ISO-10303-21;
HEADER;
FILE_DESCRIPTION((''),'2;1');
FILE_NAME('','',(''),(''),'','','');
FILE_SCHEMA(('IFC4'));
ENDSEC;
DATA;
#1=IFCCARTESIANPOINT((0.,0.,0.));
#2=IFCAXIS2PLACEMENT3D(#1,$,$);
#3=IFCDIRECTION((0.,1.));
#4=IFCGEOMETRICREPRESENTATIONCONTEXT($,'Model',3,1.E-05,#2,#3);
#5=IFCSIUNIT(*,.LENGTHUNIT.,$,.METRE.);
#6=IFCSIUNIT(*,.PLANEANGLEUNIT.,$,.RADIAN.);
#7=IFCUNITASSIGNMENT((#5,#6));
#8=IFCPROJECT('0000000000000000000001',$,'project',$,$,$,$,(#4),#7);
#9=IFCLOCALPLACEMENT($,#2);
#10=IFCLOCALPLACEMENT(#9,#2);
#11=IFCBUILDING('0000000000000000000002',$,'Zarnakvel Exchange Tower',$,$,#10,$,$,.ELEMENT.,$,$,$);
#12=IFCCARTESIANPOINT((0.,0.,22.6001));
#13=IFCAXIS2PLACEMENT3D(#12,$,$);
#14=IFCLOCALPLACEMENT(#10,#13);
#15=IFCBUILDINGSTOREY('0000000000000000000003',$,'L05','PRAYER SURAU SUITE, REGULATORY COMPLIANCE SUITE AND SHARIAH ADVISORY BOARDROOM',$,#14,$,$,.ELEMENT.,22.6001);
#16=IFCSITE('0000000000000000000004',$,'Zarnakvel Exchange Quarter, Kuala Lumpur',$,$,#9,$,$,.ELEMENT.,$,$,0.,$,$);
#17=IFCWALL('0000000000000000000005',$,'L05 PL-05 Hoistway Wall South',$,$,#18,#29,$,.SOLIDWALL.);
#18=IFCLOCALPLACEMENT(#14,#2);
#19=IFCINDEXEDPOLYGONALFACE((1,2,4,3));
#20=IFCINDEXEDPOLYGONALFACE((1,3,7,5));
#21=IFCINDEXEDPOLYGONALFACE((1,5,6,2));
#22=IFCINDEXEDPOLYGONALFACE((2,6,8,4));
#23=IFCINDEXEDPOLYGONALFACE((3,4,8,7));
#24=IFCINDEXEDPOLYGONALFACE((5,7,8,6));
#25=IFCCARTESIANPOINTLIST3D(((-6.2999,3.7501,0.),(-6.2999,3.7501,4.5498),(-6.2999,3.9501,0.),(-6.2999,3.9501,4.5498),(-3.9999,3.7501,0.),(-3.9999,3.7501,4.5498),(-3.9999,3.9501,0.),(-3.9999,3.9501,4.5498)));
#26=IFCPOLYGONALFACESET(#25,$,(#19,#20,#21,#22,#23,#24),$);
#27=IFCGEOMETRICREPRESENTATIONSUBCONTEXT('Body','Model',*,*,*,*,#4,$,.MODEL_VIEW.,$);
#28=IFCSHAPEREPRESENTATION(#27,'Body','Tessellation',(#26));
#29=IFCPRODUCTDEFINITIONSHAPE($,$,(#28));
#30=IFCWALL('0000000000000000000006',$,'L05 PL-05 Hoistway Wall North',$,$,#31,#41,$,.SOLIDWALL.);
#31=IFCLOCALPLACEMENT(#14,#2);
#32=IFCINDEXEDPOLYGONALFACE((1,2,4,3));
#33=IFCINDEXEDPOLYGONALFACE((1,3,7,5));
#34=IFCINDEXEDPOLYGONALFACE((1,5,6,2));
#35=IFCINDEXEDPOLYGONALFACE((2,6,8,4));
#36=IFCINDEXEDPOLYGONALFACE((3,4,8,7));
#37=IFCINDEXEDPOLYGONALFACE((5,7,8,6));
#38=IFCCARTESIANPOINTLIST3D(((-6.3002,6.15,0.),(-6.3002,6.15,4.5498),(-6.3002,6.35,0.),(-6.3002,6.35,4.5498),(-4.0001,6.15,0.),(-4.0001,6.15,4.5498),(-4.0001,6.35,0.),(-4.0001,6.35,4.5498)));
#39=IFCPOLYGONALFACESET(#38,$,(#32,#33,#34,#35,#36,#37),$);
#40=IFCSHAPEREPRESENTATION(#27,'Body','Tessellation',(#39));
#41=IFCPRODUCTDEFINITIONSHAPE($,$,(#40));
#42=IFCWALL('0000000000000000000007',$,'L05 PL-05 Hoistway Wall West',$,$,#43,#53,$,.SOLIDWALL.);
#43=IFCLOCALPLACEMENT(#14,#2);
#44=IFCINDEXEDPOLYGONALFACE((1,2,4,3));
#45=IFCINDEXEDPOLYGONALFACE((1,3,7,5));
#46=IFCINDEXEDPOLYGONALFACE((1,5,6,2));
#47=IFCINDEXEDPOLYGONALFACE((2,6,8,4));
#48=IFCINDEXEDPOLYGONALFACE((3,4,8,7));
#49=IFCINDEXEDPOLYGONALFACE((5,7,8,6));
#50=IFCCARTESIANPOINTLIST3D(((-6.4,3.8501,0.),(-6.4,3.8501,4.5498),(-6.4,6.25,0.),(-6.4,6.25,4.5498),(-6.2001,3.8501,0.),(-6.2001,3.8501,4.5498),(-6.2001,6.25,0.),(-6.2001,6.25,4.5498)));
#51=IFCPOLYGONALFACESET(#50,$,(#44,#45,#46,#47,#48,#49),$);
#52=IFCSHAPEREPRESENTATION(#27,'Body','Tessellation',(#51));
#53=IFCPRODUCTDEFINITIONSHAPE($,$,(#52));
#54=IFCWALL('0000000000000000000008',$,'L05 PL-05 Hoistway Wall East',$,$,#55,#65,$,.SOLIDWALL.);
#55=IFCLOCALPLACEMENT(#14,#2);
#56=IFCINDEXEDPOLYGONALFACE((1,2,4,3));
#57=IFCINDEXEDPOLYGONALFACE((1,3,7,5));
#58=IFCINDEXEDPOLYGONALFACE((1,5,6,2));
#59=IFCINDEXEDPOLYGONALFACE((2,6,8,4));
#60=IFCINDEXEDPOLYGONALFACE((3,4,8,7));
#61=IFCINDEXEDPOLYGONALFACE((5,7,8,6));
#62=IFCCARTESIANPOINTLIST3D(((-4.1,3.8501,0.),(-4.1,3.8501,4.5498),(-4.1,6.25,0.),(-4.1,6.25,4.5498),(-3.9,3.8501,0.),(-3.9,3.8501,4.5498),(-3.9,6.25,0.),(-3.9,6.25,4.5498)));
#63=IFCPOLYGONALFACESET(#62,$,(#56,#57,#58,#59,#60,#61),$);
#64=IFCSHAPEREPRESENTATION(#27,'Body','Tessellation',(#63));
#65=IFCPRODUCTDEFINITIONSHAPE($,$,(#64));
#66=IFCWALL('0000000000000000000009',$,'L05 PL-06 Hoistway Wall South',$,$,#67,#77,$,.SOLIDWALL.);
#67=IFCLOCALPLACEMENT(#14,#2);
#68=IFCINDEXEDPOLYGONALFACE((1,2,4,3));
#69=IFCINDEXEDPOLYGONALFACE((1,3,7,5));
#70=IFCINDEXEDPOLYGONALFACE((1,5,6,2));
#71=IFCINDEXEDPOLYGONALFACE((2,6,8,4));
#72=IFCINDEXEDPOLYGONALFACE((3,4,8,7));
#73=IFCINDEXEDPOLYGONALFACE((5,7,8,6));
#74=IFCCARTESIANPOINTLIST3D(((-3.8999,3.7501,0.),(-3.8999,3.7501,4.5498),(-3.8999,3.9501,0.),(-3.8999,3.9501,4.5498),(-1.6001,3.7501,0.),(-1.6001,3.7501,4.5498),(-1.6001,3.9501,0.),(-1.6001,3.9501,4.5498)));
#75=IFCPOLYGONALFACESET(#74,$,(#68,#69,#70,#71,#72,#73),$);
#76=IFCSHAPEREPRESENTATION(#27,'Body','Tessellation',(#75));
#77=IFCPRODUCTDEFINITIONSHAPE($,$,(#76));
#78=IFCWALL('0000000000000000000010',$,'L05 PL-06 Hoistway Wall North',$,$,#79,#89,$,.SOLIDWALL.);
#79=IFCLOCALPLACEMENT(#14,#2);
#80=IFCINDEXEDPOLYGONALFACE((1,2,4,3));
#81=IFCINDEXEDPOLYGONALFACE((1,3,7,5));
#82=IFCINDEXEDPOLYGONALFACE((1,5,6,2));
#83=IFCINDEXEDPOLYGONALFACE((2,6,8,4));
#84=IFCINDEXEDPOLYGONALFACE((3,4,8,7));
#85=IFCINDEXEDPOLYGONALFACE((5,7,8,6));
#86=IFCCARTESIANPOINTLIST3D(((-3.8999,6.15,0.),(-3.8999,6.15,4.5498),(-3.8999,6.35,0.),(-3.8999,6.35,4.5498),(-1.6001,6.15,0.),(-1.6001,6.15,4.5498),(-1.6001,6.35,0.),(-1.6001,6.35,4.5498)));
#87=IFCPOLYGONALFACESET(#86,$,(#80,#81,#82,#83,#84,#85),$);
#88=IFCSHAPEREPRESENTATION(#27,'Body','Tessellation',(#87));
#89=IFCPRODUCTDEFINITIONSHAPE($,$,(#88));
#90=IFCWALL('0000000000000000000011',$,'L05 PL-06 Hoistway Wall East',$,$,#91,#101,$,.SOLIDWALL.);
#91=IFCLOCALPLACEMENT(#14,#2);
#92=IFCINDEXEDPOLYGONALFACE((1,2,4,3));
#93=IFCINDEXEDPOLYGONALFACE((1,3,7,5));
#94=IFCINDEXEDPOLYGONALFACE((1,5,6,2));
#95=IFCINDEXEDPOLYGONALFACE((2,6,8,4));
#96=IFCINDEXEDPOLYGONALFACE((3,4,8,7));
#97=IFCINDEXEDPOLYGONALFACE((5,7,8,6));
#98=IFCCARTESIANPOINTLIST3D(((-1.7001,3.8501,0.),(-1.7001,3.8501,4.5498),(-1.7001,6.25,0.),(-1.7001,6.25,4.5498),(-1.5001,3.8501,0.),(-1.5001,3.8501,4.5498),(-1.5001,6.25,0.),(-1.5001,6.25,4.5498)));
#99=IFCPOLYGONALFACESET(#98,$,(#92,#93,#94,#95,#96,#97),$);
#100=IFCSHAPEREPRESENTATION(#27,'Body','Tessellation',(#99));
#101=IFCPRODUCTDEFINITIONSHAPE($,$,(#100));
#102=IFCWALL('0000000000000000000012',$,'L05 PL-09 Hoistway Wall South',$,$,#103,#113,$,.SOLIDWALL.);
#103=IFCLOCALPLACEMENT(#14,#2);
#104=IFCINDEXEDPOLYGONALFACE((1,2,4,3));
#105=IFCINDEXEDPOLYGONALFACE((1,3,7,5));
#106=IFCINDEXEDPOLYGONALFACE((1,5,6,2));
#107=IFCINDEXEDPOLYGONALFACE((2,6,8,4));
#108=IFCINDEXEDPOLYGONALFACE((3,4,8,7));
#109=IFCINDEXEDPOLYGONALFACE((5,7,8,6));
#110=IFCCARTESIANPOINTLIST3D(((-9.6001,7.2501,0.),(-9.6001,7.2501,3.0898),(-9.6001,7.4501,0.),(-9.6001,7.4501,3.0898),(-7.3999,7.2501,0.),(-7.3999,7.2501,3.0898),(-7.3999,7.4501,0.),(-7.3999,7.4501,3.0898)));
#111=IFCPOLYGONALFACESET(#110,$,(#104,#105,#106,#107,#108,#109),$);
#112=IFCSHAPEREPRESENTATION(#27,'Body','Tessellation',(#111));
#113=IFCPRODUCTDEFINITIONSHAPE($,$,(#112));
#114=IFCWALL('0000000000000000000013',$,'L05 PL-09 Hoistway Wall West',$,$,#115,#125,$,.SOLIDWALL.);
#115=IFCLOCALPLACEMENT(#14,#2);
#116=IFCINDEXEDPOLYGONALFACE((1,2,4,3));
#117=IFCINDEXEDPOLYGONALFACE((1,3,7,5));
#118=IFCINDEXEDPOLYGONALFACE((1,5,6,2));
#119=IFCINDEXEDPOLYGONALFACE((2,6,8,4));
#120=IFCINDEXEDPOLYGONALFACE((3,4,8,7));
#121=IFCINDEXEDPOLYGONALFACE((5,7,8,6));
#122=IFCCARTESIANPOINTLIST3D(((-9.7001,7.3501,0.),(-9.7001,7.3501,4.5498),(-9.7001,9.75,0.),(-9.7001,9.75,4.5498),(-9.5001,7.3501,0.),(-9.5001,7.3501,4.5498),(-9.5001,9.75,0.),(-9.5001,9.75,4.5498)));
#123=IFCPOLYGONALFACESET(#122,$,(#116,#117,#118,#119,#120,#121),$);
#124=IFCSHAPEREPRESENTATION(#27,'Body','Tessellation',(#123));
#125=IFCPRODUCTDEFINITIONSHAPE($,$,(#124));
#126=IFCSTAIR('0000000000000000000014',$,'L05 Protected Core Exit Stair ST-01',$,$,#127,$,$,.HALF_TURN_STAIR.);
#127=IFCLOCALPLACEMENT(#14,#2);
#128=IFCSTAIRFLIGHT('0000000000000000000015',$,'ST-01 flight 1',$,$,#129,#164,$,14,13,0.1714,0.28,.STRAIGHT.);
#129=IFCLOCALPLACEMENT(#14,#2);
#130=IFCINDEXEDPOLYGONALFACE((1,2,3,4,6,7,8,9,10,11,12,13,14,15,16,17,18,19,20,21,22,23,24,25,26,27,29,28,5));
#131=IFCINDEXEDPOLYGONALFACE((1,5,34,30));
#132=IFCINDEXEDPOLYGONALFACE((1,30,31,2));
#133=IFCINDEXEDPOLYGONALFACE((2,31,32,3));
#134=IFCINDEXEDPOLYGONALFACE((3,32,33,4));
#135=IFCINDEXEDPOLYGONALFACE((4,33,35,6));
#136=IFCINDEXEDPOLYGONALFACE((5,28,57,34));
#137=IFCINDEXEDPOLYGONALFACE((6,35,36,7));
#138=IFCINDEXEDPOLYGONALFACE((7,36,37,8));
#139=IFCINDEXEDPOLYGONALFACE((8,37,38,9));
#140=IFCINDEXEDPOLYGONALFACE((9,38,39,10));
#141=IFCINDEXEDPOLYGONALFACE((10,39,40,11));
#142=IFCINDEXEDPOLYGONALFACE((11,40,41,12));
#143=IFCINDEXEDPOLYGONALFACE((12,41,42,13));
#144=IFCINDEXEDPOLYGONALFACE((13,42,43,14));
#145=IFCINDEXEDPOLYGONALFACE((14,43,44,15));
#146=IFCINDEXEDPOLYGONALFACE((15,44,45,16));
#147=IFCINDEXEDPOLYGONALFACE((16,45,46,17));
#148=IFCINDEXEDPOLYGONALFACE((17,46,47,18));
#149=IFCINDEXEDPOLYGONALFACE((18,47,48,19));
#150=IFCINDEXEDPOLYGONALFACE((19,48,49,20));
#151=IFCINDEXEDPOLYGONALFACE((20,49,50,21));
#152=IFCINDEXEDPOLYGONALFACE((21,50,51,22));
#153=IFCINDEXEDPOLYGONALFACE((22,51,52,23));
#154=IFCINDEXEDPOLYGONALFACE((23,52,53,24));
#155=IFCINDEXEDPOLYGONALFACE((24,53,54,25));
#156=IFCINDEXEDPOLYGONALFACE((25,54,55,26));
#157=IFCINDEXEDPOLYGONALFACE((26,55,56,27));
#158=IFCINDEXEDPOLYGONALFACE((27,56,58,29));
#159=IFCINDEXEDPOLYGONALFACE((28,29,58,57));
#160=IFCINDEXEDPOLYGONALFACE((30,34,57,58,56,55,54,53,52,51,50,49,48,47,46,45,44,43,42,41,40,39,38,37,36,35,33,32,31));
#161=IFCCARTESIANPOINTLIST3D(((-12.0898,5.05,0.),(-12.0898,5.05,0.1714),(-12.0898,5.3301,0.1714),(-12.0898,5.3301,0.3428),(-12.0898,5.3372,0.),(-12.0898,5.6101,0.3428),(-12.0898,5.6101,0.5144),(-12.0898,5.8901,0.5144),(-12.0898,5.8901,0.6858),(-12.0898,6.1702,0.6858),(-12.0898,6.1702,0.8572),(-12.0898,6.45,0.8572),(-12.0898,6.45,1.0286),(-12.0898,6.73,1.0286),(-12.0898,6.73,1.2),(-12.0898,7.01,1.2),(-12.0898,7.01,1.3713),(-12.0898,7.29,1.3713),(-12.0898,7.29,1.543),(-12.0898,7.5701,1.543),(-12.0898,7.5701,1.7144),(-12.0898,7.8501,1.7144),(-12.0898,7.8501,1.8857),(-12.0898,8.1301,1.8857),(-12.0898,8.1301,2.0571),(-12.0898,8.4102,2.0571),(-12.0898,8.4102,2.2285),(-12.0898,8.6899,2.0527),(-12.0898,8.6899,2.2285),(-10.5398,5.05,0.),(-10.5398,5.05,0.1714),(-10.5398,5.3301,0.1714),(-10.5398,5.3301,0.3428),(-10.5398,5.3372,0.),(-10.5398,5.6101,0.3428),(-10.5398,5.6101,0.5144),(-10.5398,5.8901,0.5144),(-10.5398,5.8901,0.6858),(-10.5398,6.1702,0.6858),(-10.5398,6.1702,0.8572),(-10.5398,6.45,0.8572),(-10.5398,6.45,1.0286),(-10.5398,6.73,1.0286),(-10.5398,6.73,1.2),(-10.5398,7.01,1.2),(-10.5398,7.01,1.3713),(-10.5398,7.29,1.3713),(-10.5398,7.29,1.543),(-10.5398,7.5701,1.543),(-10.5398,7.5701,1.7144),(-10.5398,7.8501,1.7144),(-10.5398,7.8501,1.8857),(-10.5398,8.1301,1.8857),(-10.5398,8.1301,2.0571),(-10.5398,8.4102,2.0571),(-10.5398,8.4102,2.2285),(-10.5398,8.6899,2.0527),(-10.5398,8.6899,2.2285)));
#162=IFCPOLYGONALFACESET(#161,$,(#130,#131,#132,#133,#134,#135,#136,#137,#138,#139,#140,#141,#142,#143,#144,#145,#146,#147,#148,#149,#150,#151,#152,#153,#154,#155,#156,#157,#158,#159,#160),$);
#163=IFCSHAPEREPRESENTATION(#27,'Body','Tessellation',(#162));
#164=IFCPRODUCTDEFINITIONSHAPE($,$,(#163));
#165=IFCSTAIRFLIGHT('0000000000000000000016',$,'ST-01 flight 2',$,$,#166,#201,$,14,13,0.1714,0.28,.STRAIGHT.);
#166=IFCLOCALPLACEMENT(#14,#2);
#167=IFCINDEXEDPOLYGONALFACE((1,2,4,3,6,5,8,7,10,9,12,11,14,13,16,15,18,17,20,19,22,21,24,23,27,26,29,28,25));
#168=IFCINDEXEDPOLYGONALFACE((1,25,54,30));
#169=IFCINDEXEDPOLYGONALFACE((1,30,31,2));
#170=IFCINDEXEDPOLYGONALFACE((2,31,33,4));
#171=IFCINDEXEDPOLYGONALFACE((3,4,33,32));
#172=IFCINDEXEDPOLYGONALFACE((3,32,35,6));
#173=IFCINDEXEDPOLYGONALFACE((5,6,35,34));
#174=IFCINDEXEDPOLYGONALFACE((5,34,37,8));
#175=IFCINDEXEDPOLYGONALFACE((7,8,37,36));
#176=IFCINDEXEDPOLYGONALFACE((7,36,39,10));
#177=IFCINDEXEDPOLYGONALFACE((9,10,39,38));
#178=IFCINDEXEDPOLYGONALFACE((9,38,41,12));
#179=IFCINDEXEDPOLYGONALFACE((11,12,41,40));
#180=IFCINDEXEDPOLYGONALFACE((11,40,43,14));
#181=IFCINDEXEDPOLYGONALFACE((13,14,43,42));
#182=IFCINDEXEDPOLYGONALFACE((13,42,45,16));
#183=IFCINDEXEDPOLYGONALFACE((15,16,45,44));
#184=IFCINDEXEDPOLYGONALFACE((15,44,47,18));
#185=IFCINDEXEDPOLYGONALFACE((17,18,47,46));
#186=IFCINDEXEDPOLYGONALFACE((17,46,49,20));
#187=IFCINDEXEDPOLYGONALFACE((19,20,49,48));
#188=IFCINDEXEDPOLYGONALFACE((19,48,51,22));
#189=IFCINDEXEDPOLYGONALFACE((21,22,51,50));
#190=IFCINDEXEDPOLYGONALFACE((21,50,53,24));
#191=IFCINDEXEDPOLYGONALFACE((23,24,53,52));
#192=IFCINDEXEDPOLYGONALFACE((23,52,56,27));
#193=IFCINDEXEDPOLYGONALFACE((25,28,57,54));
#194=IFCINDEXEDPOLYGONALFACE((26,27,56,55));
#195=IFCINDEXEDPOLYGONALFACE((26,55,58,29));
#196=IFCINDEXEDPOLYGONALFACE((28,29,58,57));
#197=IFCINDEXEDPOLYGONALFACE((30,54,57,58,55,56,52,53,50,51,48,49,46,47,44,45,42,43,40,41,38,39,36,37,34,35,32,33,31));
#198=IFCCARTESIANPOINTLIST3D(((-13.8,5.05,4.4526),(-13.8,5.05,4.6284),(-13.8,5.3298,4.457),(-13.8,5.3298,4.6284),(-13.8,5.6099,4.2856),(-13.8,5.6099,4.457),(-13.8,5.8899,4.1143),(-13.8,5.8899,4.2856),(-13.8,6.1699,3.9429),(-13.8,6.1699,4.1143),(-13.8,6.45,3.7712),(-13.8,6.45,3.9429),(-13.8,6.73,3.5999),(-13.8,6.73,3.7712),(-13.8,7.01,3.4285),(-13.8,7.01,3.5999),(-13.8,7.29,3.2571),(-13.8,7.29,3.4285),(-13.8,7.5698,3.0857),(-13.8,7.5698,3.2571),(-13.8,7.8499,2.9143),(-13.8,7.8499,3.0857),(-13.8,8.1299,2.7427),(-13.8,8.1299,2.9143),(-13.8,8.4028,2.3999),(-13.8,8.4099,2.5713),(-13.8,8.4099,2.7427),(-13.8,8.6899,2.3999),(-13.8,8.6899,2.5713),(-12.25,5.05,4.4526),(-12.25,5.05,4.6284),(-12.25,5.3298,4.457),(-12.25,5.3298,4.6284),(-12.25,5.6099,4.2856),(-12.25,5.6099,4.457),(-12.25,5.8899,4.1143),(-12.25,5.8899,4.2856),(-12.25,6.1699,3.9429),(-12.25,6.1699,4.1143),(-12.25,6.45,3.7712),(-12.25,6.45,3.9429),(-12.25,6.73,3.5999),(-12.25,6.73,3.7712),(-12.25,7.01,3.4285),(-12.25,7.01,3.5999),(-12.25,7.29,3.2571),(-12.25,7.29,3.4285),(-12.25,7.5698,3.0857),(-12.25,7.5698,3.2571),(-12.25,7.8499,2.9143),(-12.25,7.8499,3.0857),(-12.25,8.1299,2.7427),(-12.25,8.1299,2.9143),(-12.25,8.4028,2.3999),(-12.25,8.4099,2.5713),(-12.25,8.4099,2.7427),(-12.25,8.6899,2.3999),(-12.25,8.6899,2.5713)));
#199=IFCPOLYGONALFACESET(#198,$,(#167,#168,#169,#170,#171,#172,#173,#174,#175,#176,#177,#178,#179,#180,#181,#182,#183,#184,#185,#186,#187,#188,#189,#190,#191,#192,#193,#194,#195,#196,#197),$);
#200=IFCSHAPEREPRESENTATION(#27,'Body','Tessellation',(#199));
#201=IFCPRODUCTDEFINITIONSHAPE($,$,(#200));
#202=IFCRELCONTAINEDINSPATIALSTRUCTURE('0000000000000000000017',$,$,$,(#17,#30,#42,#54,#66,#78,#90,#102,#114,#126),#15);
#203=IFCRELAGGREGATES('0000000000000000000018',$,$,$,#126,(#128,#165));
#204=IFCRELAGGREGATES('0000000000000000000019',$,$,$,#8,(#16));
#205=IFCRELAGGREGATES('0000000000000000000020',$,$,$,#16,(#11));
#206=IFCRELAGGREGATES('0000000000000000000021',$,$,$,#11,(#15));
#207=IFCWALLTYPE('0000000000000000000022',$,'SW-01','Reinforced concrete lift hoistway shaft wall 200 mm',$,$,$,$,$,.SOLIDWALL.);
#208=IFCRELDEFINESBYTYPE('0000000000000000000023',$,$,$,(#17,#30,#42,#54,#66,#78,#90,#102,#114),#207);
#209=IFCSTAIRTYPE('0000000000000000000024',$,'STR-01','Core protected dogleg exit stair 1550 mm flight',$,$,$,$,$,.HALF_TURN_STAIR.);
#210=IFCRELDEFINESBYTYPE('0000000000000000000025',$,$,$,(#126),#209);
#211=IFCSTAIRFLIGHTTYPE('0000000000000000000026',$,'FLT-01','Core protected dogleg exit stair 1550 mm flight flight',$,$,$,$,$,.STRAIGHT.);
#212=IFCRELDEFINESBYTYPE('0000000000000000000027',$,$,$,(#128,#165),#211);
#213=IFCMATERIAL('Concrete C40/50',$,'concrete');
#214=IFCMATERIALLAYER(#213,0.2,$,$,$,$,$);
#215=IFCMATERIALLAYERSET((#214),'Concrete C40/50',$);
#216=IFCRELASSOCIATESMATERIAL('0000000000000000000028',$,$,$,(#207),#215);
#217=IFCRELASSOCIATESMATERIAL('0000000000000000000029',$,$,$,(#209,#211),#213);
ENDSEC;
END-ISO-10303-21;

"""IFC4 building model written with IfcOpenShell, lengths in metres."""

from ifc_helpers import new_model, si_unit, direction, frame, frame_2d, origin, place, context, subcontext, project, spatial, polyline, rectangle, outline, extrude, material, layer, layer_set, type_object, element, aggregate, save


model = new_model("IFC4")

# Units and contexts
model_context = context("Model", 3, precision=1e-05, world=origin(), true_north=direction((0.0, 1.0)))
body_context = subcontext(model_context, "Body", "Model", "MODEL_VIEW")
ifc_project = project(units=[si_unit("LENGTHUNIT", "METRE"), si_unit("PLANEANGLEUNIT", "RADIAN")], contexts=[model_context])

# Site, building, storey
site_placement = place(None, origin())
site = spatial("IfcSite", under=ifc_project, at=site_placement, Name="Zarnakvel Exchange Quarter, Kuala Lumpur", CompositionType="ELEMENT", RefElevation=0.0)
building_placement = place(site_placement, origin())
building = spatial("IfcBuilding", under=site, at=building_placement, Name="Zarnakvel Exchange Tower", CompositionType="ELEMENT")
storey_placement = place(building_placement, frame((0.0, 0.0, 22.6001)))
storey = spatial("IfcBuildingStorey", under=building, at=storey_placement, Name="L05", Description="PRAYER SURAU SUITE, REGULATORY COMPLIANCE SUITE AND SHARIAH ADVISORY BOARDROOM", CompositionType="ELEMENT", Elevation=22.6001)

# Shared definitions
ifc_material_1 = material(Name="Concrete C40/50", Category="concrete")
ifc_layer_1 = layer(ifc_material_1, 0.2)
ifc_layer_set_1 = layer_set([ifc_layer_1], Name="Concrete C40/50")
wall_type_1 = type_object("IfcWallType", Name="SW-01", Description="Reinforced concrete lift hoistway shaft wall 200 mm", PredefinedType="SOLIDWALL", material=ifc_layer_set_1)

# Walls
for number, where, z_axis, x_axis, name in (
    (1, (-4.0, 3.8501, 0.0), (0.0, 0.0, 1.0), (-1.0, 0.0, 0.0), "L05 PL-05 Hoistway Wall South"),
    (2, (-6.3, 6.25, 0.0), (0.0, 0.0, 1.0), (1.0, 0.0, 0.0), "L05 PL-05 Hoistway Wall North"),
):
    element("IfcWall", number, at=place(storey_placement, frame(where, z_axis=z_axis, x_axis=x_axis)), inside=storey, type_object=wall_type_1, Name=name, PredefinedType="SOLIDWALL", context=body_context, shape_type="SweptSolid", body=[
        extrude(rectangle(XDim=2.3, YDim=0.2, at=frame_2d((1.1499, 0.0))), origin(), (0.0, 0.0, 1.0), 4.5498),
    ])
for number, where, z_axis, x_axis, name in (
    (3, (-6.3, 3.8501, 0.0), (0.0, 0.0, 1.0), (0.0, 1.0, 0.0), "L05 PL-05 Hoistway Wall West"),
    (4, (-4.0, 6.25, 0.0), (0.0, 0.0, 1.0), (0.0, -1.0, 0.0), "L05 PL-05 Hoistway Wall East"),
):
    element("IfcWall", number, at=place(storey_placement, frame(where, z_axis=z_axis, x_axis=x_axis)), inside=storey, type_object=wall_type_1, Name=name, PredefinedType="SOLIDWALL", context=body_context, shape_type="SweptSolid", body=[
        extrude(rectangle(XDim=2.3999, YDim=0.2, at=frame_2d((1.2, 0.0))), origin(), (0.0, 0.0, 1.0), 4.5498),
    ])
for number, where, z_axis, x_axis, name in (
    (5, (-1.6001, 3.8501, 0.0), (0.0, 0.0, 1.0), (-1.0, 0.0, 0.0), "L05 PL-06 Hoistway Wall South"),
    (6, (-3.8999, 6.25, 0.0), (0.0, 0.0, 1.0), (1.0, 0.0, 0.0), "L05 PL-06 Hoistway Wall North"),
):
    element("IfcWall", number, at=place(storey_placement, frame(where, z_axis=z_axis, x_axis=x_axis)), inside=storey, type_object=wall_type_1, Name=name, PredefinedType="SOLIDWALL", context=body_context, shape_type="SweptSolid", body=[
        extrude(rectangle(XDim=2.2998, YDim=0.2, at=frame_2d((1.1499, 0.0))), origin(), (0.0, 0.0, 1.0), 4.5498),
    ])
wall_1_placement = place(storey_placement, frame((-1.6001, 6.25, 0.0), z_axis=(0.0, 0.0, 1.0), x_axis=(0.0, -1.0, 0.0)))
element("IfcWall", 7, at=wall_1_placement, inside=storey, type_object=wall_type_1, Name="L05 PL-06 Hoistway Wall East", PredefinedType="SOLIDWALL", context=body_context, shape_type="SweptSolid", body=[
    extrude(rectangle(XDim=2.3999, YDim=0.2, at=frame_2d((1.2, 0.0))), origin(), (0.0, 0.0, 1.0), 4.5498),
])
wall_2_placement = place(storey_placement, frame((-7.3999, 7.3501, 0.0), z_axis=(0.0, 0.0, 1.0), x_axis=(-1.0, 0.0, 0.0)))
element("IfcWall", 8, at=wall_2_placement, inside=storey, type_object=wall_type_1, Name="L05 PL-09 Hoistway Wall South", PredefinedType="SOLIDWALL", context=body_context, shape_type="SweptSolid", body=[
    extrude(rectangle(XDim=2.2002, YDim=0.2, at=frame_2d((1.1001, 0.0))), origin(), (0.0, 0.0, 1.0), 3.0898),
])
wall_3_placement = place(storey_placement, frame((-9.6001, 7.3501, 0.0), z_axis=(0.0, 0.0, 1.0), x_axis=(0.0, 1.0, 0.0)))
element("IfcWall", 9, at=wall_3_placement, inside=storey, type_object=wall_type_1, Name="L05 PL-09 Hoistway Wall West", PredefinedType="SOLIDWALL", context=body_context, shape_type="SweptSolid", body=[
    extrude(rectangle(XDim=2.3999, YDim=0.2, at=frame_2d((1.2, 0.0))), origin(), (0.0, 0.0, 1.0), 4.5498),
])

# Stair, stair flights
stair_type = type_object("IfcStairType", Name="STR-01", Description="Core protected dogleg exit stair 1550 mm flight", PredefinedType="HALF_TURN_STAIR", material=ifc_material_1)
stair_placement = place(storey_placement, origin())
stair = element("IfcStair", 10, at=stair_placement, inside=storey, type_object=stair_type, Name="L05 Protected Core Exit Stair ST-01", PredefinedType="HALF_TURN_STAIR")
stair_flight_type = type_object("IfcStairFlightType", Name="FLT-01", Description="Core protected dogleg exit stair 1550 mm flight flight", PredefinedType="STRAIGHT", material=ifc_material_1)
stair_flight_1_placement = place(storey_placement, frame((-11.3149, 5.05, 0.0), z_axis=(0.0, 0.0, 1.0), x_axis=(0.0, 1.0, 0.0)))
stair_flight_1 = element("IfcStairFlight", 11, at=stair_flight_1_placement, type_object=stair_flight_type, Name="ST-01 flight 1", NumberOfRisers=14, NumberOfTreads=13, PredefinedType="STRAIGHT", RiserHeight=0.1714, TreadLength=0.28, context=body_context, shape_type="SweptSolid", body=[
    extrude(outline(polyline([(0.0, 0.0), (0.0, 0.1714), (0.28, 0.1714), (0.28, 0.3428), (0.5601, 0.3428), (0.5601, 0.5144), (0.8401, 0.5144), (0.8401, 0.6858), (1.1201, 0.6858), (1.1201, 0.8572), (1.3999, 0.8572), (1.3999, 1.0286), (1.6799, 1.0286), (1.6799, 1.2), (1.96, 1.2), (1.96, 1.3713), (2.24, 1.3713), (2.24, 1.543), (2.52, 1.543), (2.52, 1.7144), (2.8, 1.7144), (2.8, 1.8857), (3.0801, 1.8857), (3.0801, 2.0571), (3.3601, 2.0571), (3.3601, 2.2285), (3.6399, 2.2285), (3.6399, 2.3999), (3.6399, 2.0527), (0.2871, 0.0), (0.0, 0.0)])), frame((0.0, 0.7749, 0.0), z_axis=(0.0, -1.0, 0.0), x_axis=(1.0, 0.0, 0.0)), (0.0, 0.0, 1.0), 1.55),
])
stair_flight_2_placement = place(storey_placement, frame((-13.0249, 8.6899, 2.3999), z_axis=(0.0, 0.0, 1.0), x_axis=(0.0, -1.0, 0.0)))
stair_flight_2 = element("IfcStairFlight", 12, at=stair_flight_2_placement, type_object=stair_flight_type, Name="ST-01 flight 2", NumberOfRisers=14, NumberOfTreads=13, PredefinedType="STRAIGHT", RiserHeight=0.1714, TreadLength=0.28, context=body_context, shape_type="SweptSolid", body=[
    extrude(outline(polyline([(0.0, 0.0), (0.0, 0.1714), (0.28, 0.1714), (0.28, 0.3428), (0.5601, 0.3428), (0.5601, 0.5144), (0.8401, 0.5144), (0.8401, 0.6858), (1.1201, 0.6858), (1.1201, 0.8572), (1.3999, 0.8572), (1.3999, 1.0286), (1.6799, 1.0286), (1.6799, 1.2), (1.96, 1.2), (1.96, 1.3713), (2.24, 1.3713), (2.24, 1.543), (2.52, 1.543), (2.52, 1.7144), (2.8, 1.7144), (2.8, 1.8857), (3.0801, 1.8857), (3.0801, 2.0571), (3.3601, 2.0571), (3.3601, 2.2285), (3.6399, 2.2285), (3.6399, 2.3999), (3.6399, 2.0527), (0.2871, 0.0), (0.0, 0.0)])), frame((0.0, 0.7749, 0.0), z_axis=(0.0, -1.0, 0.0), x_axis=(1.0, 0.0, 0.0)), (0.0, 0.0, 1.0), 1.55),
])
aggregate(stair, [stair_flight_1, stair_flight_2])

save(model, "model.ifc")
